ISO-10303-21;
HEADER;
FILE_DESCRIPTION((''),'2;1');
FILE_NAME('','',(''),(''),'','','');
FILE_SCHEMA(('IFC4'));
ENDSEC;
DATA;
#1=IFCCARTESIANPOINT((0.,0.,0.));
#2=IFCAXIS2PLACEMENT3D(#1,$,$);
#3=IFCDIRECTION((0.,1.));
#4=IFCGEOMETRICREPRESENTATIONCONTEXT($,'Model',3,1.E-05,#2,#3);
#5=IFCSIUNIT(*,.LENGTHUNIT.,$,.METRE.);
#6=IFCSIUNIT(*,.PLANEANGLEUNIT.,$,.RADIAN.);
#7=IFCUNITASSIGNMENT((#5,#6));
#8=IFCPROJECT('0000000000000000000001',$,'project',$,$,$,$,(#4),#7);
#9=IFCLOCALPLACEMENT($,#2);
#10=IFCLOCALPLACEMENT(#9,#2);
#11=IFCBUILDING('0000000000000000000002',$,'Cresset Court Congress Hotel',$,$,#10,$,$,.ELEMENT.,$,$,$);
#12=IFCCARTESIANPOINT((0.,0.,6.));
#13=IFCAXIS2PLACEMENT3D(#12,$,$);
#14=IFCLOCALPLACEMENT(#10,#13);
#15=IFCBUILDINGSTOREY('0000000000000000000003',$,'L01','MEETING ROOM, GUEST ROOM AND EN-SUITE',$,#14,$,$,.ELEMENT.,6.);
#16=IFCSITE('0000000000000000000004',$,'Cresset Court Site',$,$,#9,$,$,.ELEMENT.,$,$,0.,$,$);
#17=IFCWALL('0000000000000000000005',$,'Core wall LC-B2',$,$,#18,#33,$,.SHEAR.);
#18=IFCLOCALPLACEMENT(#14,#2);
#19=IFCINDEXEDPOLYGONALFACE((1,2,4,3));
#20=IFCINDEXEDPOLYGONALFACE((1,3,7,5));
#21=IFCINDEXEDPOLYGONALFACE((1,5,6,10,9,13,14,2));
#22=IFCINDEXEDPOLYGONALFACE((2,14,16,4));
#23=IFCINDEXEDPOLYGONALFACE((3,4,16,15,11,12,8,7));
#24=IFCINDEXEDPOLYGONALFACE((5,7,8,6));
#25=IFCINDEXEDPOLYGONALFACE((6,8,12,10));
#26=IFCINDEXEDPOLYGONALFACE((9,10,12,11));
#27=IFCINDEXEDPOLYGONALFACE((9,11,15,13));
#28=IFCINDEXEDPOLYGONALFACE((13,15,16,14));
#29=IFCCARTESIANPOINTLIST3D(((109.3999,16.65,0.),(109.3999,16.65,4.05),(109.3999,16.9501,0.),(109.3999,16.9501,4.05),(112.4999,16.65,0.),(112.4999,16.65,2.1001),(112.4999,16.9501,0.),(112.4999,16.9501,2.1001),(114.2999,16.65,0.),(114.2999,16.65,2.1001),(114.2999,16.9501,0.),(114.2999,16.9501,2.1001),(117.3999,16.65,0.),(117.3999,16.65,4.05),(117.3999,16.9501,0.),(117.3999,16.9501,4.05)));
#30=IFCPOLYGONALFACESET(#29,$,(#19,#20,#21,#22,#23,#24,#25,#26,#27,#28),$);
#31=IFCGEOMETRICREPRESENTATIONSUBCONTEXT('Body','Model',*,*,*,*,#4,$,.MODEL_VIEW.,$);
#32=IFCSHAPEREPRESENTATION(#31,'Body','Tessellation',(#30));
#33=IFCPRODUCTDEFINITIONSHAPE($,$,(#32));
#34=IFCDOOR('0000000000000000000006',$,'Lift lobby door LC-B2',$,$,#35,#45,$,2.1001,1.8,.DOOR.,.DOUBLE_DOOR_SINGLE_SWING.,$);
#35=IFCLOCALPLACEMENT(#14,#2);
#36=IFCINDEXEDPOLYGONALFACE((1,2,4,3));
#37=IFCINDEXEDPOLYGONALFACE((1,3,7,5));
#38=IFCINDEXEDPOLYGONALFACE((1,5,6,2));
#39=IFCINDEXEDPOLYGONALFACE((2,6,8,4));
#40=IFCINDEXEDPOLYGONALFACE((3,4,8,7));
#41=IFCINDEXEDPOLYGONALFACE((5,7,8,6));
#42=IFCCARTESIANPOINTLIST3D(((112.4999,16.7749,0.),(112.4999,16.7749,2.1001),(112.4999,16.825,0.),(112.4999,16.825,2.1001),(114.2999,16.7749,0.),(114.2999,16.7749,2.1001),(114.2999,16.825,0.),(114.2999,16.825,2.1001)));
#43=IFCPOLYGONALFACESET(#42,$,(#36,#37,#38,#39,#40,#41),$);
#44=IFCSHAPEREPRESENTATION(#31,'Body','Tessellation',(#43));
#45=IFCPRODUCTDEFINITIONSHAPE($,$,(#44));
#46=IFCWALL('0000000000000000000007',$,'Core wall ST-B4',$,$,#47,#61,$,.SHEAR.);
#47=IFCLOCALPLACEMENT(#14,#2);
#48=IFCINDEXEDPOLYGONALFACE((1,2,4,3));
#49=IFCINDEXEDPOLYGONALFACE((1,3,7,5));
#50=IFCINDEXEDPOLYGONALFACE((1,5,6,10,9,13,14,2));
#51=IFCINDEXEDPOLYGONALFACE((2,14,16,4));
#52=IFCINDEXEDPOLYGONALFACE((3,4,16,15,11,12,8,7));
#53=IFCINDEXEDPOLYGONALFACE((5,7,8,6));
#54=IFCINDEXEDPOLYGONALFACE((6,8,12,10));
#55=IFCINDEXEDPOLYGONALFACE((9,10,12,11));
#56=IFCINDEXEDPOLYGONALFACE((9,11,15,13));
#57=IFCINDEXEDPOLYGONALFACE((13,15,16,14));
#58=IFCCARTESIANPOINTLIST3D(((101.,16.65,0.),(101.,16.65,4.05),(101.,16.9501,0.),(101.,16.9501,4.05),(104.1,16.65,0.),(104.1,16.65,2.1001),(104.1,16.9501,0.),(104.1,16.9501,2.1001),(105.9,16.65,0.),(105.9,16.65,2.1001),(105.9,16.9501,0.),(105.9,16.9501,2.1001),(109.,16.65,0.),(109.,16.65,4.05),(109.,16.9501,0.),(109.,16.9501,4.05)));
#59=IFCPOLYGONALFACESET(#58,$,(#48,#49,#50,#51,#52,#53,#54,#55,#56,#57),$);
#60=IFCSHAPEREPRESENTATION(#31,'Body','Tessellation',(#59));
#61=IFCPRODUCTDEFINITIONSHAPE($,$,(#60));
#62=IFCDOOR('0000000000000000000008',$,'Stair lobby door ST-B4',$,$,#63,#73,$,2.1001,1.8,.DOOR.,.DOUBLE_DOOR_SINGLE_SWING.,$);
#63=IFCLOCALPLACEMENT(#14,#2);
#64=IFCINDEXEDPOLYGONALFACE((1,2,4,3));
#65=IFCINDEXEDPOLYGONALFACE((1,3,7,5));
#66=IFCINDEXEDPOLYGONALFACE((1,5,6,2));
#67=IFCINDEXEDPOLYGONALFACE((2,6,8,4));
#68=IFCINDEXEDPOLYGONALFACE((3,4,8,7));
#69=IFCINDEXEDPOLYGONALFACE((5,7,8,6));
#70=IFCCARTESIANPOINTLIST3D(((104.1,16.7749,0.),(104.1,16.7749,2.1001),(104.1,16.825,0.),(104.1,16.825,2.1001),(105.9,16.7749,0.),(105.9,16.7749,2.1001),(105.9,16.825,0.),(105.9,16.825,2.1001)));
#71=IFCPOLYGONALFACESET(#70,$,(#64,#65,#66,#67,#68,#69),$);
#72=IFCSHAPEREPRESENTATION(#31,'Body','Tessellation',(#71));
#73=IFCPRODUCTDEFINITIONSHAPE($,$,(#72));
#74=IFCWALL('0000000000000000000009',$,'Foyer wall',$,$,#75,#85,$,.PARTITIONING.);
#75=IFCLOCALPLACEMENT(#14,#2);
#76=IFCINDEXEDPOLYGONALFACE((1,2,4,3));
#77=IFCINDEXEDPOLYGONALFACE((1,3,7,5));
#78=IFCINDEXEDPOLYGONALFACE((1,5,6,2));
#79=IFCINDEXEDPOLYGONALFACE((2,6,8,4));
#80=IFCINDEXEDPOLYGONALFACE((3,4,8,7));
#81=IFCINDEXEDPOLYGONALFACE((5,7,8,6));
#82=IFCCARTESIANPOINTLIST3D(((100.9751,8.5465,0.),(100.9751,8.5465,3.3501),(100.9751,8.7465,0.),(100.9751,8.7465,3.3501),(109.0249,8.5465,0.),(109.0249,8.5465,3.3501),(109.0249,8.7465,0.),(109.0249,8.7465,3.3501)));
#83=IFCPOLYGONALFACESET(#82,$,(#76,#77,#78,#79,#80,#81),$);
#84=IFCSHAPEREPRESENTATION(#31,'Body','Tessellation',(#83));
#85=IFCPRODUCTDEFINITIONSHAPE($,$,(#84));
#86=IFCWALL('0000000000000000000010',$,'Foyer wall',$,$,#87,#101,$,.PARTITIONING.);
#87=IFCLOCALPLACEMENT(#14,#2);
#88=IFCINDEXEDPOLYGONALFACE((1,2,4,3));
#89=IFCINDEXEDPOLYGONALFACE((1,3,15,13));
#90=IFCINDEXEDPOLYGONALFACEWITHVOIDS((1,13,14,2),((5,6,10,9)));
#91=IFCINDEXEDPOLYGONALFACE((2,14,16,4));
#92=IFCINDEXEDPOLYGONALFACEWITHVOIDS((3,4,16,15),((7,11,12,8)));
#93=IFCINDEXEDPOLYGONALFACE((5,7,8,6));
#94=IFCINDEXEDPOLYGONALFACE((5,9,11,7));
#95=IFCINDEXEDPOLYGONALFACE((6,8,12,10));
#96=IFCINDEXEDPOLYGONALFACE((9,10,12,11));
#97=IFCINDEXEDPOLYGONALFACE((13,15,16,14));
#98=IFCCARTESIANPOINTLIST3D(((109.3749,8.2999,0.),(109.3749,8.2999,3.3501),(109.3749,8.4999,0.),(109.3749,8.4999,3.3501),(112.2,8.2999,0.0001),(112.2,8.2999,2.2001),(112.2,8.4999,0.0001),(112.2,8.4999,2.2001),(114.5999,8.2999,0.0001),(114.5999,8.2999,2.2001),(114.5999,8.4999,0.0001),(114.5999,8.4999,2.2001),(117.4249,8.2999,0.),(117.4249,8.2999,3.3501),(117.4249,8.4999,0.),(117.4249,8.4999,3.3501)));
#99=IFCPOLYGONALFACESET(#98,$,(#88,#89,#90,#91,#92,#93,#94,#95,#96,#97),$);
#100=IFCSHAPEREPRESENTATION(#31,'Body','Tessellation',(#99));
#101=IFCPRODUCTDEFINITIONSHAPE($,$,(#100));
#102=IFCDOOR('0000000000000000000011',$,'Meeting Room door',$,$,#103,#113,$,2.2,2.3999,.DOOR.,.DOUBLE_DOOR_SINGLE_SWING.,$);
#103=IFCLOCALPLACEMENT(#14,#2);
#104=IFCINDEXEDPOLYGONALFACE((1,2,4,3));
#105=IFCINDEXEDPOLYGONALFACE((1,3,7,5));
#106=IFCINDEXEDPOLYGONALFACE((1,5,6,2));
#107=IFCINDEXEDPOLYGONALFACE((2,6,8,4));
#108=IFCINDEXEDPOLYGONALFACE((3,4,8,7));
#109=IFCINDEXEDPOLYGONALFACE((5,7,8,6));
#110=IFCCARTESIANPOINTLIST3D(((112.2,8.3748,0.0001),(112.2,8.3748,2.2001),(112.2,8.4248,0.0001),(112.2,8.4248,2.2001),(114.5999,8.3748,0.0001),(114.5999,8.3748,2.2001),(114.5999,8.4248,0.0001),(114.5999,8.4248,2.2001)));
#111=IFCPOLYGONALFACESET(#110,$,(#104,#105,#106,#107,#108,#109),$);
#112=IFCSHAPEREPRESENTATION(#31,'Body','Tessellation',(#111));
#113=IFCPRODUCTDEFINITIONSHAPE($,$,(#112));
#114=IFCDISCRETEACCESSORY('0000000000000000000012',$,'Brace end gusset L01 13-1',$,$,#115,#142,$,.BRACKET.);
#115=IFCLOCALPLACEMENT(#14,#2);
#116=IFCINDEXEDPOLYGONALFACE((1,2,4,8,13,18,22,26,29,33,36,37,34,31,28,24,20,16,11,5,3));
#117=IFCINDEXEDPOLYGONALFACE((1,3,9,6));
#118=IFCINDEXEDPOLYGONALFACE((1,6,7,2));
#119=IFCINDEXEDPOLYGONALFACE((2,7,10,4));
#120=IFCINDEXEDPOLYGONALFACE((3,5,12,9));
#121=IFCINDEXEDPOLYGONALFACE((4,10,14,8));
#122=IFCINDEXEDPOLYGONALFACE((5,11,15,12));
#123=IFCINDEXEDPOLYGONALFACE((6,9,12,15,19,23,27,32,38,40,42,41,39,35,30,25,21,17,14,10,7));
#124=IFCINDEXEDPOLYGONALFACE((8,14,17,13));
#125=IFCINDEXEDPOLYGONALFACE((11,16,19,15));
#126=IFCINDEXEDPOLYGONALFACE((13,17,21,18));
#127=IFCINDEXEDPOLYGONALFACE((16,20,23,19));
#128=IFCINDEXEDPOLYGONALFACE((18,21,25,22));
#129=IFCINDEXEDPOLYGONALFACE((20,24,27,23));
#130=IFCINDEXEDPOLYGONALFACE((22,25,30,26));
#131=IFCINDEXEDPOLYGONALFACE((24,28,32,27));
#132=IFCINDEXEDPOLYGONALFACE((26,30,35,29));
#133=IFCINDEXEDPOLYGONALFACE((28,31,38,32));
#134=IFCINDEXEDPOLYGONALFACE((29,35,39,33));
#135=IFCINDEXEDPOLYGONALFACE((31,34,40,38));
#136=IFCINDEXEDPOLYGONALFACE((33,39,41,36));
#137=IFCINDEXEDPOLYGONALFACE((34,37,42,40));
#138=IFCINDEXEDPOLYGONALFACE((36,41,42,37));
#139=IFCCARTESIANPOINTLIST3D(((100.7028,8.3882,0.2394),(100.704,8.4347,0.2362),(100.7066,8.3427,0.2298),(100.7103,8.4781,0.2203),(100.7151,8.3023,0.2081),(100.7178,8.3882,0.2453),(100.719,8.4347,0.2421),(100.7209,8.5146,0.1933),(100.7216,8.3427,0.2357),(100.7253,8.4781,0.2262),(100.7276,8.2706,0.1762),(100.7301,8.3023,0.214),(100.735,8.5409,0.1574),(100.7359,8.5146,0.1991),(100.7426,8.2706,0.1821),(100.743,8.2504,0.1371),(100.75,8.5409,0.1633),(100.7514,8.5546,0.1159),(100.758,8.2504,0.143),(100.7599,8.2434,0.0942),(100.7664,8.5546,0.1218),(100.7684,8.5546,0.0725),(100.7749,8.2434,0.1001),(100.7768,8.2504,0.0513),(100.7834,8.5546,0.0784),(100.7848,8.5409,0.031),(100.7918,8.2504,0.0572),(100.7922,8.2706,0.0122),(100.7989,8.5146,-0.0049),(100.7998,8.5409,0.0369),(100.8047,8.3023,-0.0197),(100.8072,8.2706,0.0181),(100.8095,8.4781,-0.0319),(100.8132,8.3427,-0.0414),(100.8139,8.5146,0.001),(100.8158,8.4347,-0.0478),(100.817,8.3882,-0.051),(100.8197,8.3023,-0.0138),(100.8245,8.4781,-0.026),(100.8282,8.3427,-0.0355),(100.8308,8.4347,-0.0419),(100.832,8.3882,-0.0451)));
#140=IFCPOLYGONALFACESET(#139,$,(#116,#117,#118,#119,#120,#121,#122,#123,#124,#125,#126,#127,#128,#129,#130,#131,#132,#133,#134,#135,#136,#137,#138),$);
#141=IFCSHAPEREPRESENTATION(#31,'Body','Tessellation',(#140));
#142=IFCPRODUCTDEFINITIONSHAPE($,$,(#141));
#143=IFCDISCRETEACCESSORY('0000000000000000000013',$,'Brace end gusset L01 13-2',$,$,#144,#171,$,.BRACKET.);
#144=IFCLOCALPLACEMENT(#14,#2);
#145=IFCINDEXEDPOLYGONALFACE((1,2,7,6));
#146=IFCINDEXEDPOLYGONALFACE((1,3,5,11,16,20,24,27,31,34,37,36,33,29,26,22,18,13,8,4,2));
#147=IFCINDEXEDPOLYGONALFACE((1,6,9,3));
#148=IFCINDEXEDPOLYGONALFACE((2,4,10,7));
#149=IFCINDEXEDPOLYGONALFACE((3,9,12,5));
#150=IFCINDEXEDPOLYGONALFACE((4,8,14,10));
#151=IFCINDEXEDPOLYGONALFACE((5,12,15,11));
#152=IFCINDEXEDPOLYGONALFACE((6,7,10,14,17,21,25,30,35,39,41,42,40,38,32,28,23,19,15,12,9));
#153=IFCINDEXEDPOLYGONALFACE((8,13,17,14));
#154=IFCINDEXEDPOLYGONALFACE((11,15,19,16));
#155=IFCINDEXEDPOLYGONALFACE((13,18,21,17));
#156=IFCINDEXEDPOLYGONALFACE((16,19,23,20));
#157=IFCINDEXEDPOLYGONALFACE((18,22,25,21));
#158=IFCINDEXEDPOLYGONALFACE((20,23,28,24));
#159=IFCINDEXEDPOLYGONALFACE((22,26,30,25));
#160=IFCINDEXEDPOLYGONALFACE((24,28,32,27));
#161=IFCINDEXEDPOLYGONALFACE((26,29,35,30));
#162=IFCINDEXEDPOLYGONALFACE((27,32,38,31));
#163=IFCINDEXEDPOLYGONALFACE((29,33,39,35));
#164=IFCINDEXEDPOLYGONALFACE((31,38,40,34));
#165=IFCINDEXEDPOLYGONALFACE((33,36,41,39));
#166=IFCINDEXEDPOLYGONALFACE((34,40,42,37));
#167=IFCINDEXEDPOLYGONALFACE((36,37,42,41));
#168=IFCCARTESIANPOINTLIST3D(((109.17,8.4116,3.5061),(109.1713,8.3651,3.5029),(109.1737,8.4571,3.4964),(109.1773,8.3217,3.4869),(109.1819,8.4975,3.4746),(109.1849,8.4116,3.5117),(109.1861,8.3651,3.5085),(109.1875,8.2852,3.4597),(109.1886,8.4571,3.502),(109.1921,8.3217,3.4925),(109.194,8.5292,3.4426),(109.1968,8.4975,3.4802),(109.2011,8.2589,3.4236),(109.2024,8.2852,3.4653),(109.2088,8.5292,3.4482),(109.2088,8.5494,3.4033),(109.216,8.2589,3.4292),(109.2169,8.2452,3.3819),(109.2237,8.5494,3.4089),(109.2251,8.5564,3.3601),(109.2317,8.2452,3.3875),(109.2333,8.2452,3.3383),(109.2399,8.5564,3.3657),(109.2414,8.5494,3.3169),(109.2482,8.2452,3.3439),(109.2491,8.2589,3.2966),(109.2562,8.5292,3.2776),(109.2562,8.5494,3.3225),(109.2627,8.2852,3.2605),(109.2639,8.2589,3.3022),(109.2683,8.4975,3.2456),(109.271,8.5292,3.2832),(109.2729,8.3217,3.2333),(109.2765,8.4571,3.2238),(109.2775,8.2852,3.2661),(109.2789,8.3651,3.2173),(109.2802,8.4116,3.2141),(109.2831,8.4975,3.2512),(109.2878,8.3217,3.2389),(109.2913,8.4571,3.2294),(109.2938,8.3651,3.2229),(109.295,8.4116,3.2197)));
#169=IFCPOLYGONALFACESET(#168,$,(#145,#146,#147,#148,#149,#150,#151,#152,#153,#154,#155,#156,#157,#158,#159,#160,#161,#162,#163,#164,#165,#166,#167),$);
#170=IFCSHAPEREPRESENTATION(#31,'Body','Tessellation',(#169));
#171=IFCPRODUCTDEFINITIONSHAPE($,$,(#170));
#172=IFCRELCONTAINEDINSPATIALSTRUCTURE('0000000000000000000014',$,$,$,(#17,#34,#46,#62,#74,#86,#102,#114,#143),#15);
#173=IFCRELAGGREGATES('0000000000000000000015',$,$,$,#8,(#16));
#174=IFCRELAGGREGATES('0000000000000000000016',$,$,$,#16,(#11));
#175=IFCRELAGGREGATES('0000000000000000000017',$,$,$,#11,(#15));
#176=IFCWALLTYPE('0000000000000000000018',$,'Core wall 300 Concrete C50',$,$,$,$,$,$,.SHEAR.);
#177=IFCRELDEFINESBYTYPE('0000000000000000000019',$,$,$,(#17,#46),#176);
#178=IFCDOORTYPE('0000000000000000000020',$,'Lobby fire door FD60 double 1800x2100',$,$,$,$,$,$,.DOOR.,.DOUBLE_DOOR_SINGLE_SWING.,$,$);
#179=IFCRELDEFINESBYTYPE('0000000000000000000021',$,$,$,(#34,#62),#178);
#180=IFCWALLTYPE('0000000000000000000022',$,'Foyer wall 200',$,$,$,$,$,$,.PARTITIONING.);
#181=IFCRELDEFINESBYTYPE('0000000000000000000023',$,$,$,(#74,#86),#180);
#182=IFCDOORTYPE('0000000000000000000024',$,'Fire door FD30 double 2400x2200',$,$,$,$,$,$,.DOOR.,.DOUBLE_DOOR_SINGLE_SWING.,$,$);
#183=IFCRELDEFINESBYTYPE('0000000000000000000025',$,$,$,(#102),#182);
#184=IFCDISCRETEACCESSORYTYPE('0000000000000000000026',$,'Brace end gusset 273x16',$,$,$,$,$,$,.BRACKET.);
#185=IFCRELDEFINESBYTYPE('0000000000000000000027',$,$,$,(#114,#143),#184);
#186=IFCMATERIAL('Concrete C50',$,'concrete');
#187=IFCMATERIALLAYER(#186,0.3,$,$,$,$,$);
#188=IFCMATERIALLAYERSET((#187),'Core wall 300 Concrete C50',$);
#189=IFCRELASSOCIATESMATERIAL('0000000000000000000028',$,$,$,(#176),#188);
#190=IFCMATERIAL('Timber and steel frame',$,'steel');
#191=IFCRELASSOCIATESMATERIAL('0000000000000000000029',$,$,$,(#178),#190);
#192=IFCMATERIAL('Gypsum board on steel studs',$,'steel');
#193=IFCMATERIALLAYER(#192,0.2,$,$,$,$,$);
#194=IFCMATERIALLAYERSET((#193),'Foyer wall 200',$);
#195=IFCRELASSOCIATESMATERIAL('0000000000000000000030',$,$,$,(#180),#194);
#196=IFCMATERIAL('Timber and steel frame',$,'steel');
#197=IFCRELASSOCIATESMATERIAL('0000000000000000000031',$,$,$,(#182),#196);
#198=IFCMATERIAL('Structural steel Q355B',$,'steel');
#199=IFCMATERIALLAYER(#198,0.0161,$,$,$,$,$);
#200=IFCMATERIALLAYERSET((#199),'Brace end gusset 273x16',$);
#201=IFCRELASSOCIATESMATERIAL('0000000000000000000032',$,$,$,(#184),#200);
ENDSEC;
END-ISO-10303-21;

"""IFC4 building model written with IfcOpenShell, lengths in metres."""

from ifc_helpers import new_model, si_unit, direction, frame, frame_2d, origin, origin_2d, place, context, subcontext, project, spatial, rectangle, circle, extrude, material, layer, layer_set, type_object, element, fill, save


model = new_model("IFC4")

# Units and contexts
model_context = context("Model", 3, precision=1e-05, world=origin(), true_north=direction((0.0, 1.0)))
body_context = subcontext(model_context, "Body", "Model", "MODEL_VIEW")
ifc_project = project(units=[si_unit("LENGTHUNIT", "METRE"), si_unit("PLANEANGLEUNIT", "RADIAN")], contexts=[model_context])

# Site, building, storey
site_placement = place(None, origin())
site = spatial("IfcSite", under=ifc_project, at=site_placement, Name="Cresset Court Site", CompositionType="ELEMENT", RefElevation=0.0)
building_placement = place(site_placement, origin())
building = spatial("IfcBuilding", under=site, at=building_placement, Name="Cresset Court Congress Hotel", CompositionType="ELEMENT")
storey_placement = place(building_placement, frame((0.0, 0.0, 6.0)))
storey = spatial("IfcBuildingStorey", under=building, at=storey_placement, Name="L01", Description="MEETING ROOM, GUEST ROOM AND EN-SUITE", CompositionType="ELEMENT", Elevation=6.0)

# Walls, openings, doors
ifc_material_1 = material(Name="Concrete C50", Category="concrete")
ifc_layer_1 = layer(ifc_material_1, 0.3)
ifc_layer_set_1 = layer_set([ifc_layer_1], Name="Core wall 300 Concrete C50")
wall_type_1 = type_object("IfcWallType", Name="Core wall 300 Concrete C50", PredefinedType="SHEAR", material=ifc_layer_set_1)
wall_1_placement = place(storey_placement, frame((109.3999, 16.8, 0.0), z_axis=(0.0, 0.0, 1.0), x_axis=(1.0, 0.0, 0.0)))
wall_1 = element("IfcWall", 1, at=wall_1_placement, inside=storey, type_object=wall_type_1, Name="Core wall LC-B2", PredefinedType="SHEAR", context=body_context, shape_type="SweptSolid", body=[
    extrude(rectangle(XDim=8.0, YDim=0.3, at=frame_2d((4.0, 0.0))), origin(), (0.0, 0.0, 1.0), 4.05),
])
opening_1_placement = place(wall_1_placement, frame((3.1001, 0.0, 0.0)))
opening_1 = element("IfcOpeningElement", 2, at=opening_1_placement, cuts=wall_1, PredefinedType="OPENING", context=body_context, shape_type="SweptSolid", body=[
    extrude(rectangle(XDim=1.8, YDim=2.1001, at=frame_2d((0.8999, 1.05))), frame((0.0, 0.1599, 0.0), z_axis=(0.0, -1.0, 0.0), x_axis=(1.0, 0.0, 0.0)), (0.0, 0.0, 1.0), 0.3201),
])
ifc_material_2 = material(Name="Timber and steel frame", Category="steel")
door_type_1 = type_object("IfcDoorType", Name="Lobby fire door FD60 double 1800x2100", OperationType="DOUBLE_DOOR_SINGLE_SWING", PredefinedType="DOOR", material=ifc_material_2)
door_1_placement = place(opening_1_placement, origin())
door_1 = element("IfcDoor", 3, at=door_1_placement, inside=storey, type_object=door_type_1, Name="Lift lobby door LC-B2", OperationType="DOUBLE_DOOR_SINGLE_SWING", OverallHeight=2.1001, OverallWidth=1.8, PredefinedType="DOOR", context=body_context, shape_type="SweptSolid", body=[
    extrude(rectangle(XDim=1.8, YDim=2.1001, at=frame_2d((0.8999, 1.05))), frame((0.0, 0.0249, 0.0), z_axis=(0.0, -1.0, 0.0), x_axis=(1.0, 0.0, 0.0)), (0.0, 0.0, 1.0), 0.05),
])
fill(opening_1, door_1)
wall_2_placement = place(storey_placement, frame((101.0, 16.8, 0.0), z_axis=(0.0, 0.0, 1.0), x_axis=(1.0, 0.0, 0.0)))
wall_2 = element("IfcWall", 4, at=wall_2_placement, inside=storey, type_object=wall_type_1, Name="Core wall ST-B4", PredefinedType="SHEAR", context=body_context, shape_type="SweptSolid", body=[
    extrude(rectangle(XDim=8.0, YDim=0.3, at=frame_2d((4.0, 0.0))), origin(), (0.0, 0.0, 1.0), 4.05),
])
opening_2_placement = place(wall_2_placement, frame((3.1001, 0.0, 0.0)))
opening_2 = element("IfcOpeningElement", 5, at=opening_2_placement, cuts=wall_2, PredefinedType="OPENING", context=body_context, shape_type="SweptSolid", body=[
    extrude(rectangle(XDim=1.8, YDim=2.1001, at=frame_2d((0.8999, 1.05))), frame((0.0, 0.1599, 0.0), z_axis=(0.0, -1.0, 0.0), x_axis=(1.0, 0.0, 0.0)), (0.0, 0.0, 1.0), 0.3201),
])
door_2_placement = place(opening_2_placement, origin())
door_2 = element("IfcDoor", 6, at=door_2_placement, inside=storey, type_object=door_type_1, Name="Stair lobby door ST-B4", OperationType="DOUBLE_DOOR_SINGLE_SWING", OverallHeight=2.1001, OverallWidth=1.8, PredefinedType="DOOR", context=body_context, shape_type="SweptSolid", body=[
    extrude(rectangle(XDim=1.8, YDim=2.1001, at=frame_2d((0.8999, 1.05))), frame((0.0, 0.0249, 0.0), z_axis=(0.0, -1.0, 0.0), x_axis=(1.0, 0.0, 0.0)), (0.0, 0.0, 1.0), 0.05),
])
fill(opening_2, door_2)

# Wall
ifc_material_3 = material(Name="Gypsum board on steel studs", Category="steel")
ifc_layer_2 = layer(ifc_material_3, 0.2)
ifc_layer_set_2 = layer_set([ifc_layer_2], Name="Foyer wall 200")
wall_type_2 = type_object("IfcWallType", Name="Foyer wall 200", PredefinedType="PARTITIONING", material=ifc_layer_set_2)
wall_3_placement = place(storey_placement, frame((100.9751, 8.6465, 0.0), z_axis=(0.0, 0.0, 1.0), x_axis=(1.0, 0.0, 0.0)))
element("IfcWall", 7, at=wall_3_placement, inside=storey, type_object=wall_type_2, Name="Foyer wall", PredefinedType="PARTITIONING", context=body_context, shape_type="SweptSolid", body=[
    extrude(rectangle(XDim=8.0498, YDim=0.2, at=frame_2d((4.0249, 0.0))), origin(), (0.0, 0.0, 1.0), 3.3501),
])

# Wall, opening, door
wall_4_placement = place(storey_placement, frame((109.375, 8.3999, 0.0), z_axis=(0.0, 0.0, 1.0), x_axis=(1.0, 0.0, 0.0)))
wall_4 = element("IfcWall", 8, at=wall_4_placement, inside=storey, type_object=wall_type_2, Name="Foyer wall", PredefinedType="PARTITIONING", context=body_context, shape_type="SweptSolid", body=[
    extrude(rectangle(XDim=8.05, YDim=0.2, at=frame_2d((4.0249, 0.0))), origin(), (0.0, 0.0, 1.0), 3.3501),
])
opening_3_placement = place(wall_4_placement, frame((2.825, 0.0, 0.0)))
opening_3 = element("IfcOpeningElement", 9, at=opening_3_placement, cuts=wall_4, PredefinedType="OPENING", context=body_context, shape_type="SweptSolid", body=[
    extrude(rectangle(XDim=2.3999, YDim=2.2, at=frame_2d((1.2, 1.1001))), frame((0.0, 0.1099, 0.0), z_axis=(0.0, -1.0, 0.0), x_axis=(1.0, 0.0, 0.0)), (0.0, 0.0, 1.0), 0.22),
])
ifc_material_4 = material(Name="Timber and steel frame", Category="steel")
door_type_2 = type_object("IfcDoorType", Name="Fire door FD30 double 2400x2200", OperationType="DOUBLE_DOOR_SINGLE_SWING", PredefinedType="DOOR", material=ifc_material_4)
door_3_placement = place(opening_3_placement, origin())
door_3 = element("IfcDoor", 10, at=door_3_placement, inside=storey, type_object=door_type_2, Name="Meeting Room door", OperationType="DOUBLE_DOOR_SINGLE_SWING", OverallHeight=2.2, OverallWidth=2.3999, PredefinedType="DOOR", context=body_context, shape_type="SweptSolid", body=[
    extrude(rectangle(XDim=2.3999, YDim=2.2, at=frame_2d((1.2, 1.1001))), frame((0.0, 0.0249, 0.0), z_axis=(0.0, -1.0, 0.0), x_axis=(1.0, 0.0, 0.0)), (0.0, 0.0, 1.0), 0.05),
])
fill(opening_3, door_3)

# Discrete accessories
ifc_material_5 = material(Name="Structural steel Q355B", Category="steel")
ifc_layer_3 = layer(ifc_material_5, 0.0161)
ifc_layer_set_3 = layer_set([ifc_layer_3], Name="Brace end gusset 273x16")
discrete_accessory_type = type_object("IfcDiscreteAccessoryType", Name="Brace end gusset 273x16", PredefinedType="BRACKET", material=ifc_layer_set_3)
discrete_accessory_1_placement = place(storey_placement, frame((100.7749, 8.3999, 0.1001), z_axis=(-0.930566, 0.0, -0.366124), x_axis=(0.0, -1.0, 0.0)))
element("IfcDiscreteAccessory", 11, at=discrete_accessory_1_placement, inside=storey, type_object=discrete_accessory_type, Name="Brace end gusset L01 13-1", PredefinedType="BRACKET", context=body_context, shape_type="SweptSolid", body=[
    extrude(circle(Radius=0.1565, at=origin_2d()), origin(), (0.0, 0.0, 1.0), 0.0161),
])
discrete_accessory_2_placement = place(storey_placement, frame((109.2251, 8.3999, 3.3601), z_axis=(0.935697, 0.0, 0.352804), x_axis=(0.0, 1.0, 0.0)))
element("IfcDiscreteAccessory", 12, at=discrete_accessory_2_placement, inside=storey, type_object=discrete_accessory_type, Name="Brace end gusset L01 13-2", PredefinedType="BRACKET", context=body_context, shape_type="SweptSolid", body=[
    extrude(circle(Radius=0.1565, at=origin_2d()), origin(), (0.0, 0.0, 1.0), 0.0159),
])

save(model, "model.ifc")
